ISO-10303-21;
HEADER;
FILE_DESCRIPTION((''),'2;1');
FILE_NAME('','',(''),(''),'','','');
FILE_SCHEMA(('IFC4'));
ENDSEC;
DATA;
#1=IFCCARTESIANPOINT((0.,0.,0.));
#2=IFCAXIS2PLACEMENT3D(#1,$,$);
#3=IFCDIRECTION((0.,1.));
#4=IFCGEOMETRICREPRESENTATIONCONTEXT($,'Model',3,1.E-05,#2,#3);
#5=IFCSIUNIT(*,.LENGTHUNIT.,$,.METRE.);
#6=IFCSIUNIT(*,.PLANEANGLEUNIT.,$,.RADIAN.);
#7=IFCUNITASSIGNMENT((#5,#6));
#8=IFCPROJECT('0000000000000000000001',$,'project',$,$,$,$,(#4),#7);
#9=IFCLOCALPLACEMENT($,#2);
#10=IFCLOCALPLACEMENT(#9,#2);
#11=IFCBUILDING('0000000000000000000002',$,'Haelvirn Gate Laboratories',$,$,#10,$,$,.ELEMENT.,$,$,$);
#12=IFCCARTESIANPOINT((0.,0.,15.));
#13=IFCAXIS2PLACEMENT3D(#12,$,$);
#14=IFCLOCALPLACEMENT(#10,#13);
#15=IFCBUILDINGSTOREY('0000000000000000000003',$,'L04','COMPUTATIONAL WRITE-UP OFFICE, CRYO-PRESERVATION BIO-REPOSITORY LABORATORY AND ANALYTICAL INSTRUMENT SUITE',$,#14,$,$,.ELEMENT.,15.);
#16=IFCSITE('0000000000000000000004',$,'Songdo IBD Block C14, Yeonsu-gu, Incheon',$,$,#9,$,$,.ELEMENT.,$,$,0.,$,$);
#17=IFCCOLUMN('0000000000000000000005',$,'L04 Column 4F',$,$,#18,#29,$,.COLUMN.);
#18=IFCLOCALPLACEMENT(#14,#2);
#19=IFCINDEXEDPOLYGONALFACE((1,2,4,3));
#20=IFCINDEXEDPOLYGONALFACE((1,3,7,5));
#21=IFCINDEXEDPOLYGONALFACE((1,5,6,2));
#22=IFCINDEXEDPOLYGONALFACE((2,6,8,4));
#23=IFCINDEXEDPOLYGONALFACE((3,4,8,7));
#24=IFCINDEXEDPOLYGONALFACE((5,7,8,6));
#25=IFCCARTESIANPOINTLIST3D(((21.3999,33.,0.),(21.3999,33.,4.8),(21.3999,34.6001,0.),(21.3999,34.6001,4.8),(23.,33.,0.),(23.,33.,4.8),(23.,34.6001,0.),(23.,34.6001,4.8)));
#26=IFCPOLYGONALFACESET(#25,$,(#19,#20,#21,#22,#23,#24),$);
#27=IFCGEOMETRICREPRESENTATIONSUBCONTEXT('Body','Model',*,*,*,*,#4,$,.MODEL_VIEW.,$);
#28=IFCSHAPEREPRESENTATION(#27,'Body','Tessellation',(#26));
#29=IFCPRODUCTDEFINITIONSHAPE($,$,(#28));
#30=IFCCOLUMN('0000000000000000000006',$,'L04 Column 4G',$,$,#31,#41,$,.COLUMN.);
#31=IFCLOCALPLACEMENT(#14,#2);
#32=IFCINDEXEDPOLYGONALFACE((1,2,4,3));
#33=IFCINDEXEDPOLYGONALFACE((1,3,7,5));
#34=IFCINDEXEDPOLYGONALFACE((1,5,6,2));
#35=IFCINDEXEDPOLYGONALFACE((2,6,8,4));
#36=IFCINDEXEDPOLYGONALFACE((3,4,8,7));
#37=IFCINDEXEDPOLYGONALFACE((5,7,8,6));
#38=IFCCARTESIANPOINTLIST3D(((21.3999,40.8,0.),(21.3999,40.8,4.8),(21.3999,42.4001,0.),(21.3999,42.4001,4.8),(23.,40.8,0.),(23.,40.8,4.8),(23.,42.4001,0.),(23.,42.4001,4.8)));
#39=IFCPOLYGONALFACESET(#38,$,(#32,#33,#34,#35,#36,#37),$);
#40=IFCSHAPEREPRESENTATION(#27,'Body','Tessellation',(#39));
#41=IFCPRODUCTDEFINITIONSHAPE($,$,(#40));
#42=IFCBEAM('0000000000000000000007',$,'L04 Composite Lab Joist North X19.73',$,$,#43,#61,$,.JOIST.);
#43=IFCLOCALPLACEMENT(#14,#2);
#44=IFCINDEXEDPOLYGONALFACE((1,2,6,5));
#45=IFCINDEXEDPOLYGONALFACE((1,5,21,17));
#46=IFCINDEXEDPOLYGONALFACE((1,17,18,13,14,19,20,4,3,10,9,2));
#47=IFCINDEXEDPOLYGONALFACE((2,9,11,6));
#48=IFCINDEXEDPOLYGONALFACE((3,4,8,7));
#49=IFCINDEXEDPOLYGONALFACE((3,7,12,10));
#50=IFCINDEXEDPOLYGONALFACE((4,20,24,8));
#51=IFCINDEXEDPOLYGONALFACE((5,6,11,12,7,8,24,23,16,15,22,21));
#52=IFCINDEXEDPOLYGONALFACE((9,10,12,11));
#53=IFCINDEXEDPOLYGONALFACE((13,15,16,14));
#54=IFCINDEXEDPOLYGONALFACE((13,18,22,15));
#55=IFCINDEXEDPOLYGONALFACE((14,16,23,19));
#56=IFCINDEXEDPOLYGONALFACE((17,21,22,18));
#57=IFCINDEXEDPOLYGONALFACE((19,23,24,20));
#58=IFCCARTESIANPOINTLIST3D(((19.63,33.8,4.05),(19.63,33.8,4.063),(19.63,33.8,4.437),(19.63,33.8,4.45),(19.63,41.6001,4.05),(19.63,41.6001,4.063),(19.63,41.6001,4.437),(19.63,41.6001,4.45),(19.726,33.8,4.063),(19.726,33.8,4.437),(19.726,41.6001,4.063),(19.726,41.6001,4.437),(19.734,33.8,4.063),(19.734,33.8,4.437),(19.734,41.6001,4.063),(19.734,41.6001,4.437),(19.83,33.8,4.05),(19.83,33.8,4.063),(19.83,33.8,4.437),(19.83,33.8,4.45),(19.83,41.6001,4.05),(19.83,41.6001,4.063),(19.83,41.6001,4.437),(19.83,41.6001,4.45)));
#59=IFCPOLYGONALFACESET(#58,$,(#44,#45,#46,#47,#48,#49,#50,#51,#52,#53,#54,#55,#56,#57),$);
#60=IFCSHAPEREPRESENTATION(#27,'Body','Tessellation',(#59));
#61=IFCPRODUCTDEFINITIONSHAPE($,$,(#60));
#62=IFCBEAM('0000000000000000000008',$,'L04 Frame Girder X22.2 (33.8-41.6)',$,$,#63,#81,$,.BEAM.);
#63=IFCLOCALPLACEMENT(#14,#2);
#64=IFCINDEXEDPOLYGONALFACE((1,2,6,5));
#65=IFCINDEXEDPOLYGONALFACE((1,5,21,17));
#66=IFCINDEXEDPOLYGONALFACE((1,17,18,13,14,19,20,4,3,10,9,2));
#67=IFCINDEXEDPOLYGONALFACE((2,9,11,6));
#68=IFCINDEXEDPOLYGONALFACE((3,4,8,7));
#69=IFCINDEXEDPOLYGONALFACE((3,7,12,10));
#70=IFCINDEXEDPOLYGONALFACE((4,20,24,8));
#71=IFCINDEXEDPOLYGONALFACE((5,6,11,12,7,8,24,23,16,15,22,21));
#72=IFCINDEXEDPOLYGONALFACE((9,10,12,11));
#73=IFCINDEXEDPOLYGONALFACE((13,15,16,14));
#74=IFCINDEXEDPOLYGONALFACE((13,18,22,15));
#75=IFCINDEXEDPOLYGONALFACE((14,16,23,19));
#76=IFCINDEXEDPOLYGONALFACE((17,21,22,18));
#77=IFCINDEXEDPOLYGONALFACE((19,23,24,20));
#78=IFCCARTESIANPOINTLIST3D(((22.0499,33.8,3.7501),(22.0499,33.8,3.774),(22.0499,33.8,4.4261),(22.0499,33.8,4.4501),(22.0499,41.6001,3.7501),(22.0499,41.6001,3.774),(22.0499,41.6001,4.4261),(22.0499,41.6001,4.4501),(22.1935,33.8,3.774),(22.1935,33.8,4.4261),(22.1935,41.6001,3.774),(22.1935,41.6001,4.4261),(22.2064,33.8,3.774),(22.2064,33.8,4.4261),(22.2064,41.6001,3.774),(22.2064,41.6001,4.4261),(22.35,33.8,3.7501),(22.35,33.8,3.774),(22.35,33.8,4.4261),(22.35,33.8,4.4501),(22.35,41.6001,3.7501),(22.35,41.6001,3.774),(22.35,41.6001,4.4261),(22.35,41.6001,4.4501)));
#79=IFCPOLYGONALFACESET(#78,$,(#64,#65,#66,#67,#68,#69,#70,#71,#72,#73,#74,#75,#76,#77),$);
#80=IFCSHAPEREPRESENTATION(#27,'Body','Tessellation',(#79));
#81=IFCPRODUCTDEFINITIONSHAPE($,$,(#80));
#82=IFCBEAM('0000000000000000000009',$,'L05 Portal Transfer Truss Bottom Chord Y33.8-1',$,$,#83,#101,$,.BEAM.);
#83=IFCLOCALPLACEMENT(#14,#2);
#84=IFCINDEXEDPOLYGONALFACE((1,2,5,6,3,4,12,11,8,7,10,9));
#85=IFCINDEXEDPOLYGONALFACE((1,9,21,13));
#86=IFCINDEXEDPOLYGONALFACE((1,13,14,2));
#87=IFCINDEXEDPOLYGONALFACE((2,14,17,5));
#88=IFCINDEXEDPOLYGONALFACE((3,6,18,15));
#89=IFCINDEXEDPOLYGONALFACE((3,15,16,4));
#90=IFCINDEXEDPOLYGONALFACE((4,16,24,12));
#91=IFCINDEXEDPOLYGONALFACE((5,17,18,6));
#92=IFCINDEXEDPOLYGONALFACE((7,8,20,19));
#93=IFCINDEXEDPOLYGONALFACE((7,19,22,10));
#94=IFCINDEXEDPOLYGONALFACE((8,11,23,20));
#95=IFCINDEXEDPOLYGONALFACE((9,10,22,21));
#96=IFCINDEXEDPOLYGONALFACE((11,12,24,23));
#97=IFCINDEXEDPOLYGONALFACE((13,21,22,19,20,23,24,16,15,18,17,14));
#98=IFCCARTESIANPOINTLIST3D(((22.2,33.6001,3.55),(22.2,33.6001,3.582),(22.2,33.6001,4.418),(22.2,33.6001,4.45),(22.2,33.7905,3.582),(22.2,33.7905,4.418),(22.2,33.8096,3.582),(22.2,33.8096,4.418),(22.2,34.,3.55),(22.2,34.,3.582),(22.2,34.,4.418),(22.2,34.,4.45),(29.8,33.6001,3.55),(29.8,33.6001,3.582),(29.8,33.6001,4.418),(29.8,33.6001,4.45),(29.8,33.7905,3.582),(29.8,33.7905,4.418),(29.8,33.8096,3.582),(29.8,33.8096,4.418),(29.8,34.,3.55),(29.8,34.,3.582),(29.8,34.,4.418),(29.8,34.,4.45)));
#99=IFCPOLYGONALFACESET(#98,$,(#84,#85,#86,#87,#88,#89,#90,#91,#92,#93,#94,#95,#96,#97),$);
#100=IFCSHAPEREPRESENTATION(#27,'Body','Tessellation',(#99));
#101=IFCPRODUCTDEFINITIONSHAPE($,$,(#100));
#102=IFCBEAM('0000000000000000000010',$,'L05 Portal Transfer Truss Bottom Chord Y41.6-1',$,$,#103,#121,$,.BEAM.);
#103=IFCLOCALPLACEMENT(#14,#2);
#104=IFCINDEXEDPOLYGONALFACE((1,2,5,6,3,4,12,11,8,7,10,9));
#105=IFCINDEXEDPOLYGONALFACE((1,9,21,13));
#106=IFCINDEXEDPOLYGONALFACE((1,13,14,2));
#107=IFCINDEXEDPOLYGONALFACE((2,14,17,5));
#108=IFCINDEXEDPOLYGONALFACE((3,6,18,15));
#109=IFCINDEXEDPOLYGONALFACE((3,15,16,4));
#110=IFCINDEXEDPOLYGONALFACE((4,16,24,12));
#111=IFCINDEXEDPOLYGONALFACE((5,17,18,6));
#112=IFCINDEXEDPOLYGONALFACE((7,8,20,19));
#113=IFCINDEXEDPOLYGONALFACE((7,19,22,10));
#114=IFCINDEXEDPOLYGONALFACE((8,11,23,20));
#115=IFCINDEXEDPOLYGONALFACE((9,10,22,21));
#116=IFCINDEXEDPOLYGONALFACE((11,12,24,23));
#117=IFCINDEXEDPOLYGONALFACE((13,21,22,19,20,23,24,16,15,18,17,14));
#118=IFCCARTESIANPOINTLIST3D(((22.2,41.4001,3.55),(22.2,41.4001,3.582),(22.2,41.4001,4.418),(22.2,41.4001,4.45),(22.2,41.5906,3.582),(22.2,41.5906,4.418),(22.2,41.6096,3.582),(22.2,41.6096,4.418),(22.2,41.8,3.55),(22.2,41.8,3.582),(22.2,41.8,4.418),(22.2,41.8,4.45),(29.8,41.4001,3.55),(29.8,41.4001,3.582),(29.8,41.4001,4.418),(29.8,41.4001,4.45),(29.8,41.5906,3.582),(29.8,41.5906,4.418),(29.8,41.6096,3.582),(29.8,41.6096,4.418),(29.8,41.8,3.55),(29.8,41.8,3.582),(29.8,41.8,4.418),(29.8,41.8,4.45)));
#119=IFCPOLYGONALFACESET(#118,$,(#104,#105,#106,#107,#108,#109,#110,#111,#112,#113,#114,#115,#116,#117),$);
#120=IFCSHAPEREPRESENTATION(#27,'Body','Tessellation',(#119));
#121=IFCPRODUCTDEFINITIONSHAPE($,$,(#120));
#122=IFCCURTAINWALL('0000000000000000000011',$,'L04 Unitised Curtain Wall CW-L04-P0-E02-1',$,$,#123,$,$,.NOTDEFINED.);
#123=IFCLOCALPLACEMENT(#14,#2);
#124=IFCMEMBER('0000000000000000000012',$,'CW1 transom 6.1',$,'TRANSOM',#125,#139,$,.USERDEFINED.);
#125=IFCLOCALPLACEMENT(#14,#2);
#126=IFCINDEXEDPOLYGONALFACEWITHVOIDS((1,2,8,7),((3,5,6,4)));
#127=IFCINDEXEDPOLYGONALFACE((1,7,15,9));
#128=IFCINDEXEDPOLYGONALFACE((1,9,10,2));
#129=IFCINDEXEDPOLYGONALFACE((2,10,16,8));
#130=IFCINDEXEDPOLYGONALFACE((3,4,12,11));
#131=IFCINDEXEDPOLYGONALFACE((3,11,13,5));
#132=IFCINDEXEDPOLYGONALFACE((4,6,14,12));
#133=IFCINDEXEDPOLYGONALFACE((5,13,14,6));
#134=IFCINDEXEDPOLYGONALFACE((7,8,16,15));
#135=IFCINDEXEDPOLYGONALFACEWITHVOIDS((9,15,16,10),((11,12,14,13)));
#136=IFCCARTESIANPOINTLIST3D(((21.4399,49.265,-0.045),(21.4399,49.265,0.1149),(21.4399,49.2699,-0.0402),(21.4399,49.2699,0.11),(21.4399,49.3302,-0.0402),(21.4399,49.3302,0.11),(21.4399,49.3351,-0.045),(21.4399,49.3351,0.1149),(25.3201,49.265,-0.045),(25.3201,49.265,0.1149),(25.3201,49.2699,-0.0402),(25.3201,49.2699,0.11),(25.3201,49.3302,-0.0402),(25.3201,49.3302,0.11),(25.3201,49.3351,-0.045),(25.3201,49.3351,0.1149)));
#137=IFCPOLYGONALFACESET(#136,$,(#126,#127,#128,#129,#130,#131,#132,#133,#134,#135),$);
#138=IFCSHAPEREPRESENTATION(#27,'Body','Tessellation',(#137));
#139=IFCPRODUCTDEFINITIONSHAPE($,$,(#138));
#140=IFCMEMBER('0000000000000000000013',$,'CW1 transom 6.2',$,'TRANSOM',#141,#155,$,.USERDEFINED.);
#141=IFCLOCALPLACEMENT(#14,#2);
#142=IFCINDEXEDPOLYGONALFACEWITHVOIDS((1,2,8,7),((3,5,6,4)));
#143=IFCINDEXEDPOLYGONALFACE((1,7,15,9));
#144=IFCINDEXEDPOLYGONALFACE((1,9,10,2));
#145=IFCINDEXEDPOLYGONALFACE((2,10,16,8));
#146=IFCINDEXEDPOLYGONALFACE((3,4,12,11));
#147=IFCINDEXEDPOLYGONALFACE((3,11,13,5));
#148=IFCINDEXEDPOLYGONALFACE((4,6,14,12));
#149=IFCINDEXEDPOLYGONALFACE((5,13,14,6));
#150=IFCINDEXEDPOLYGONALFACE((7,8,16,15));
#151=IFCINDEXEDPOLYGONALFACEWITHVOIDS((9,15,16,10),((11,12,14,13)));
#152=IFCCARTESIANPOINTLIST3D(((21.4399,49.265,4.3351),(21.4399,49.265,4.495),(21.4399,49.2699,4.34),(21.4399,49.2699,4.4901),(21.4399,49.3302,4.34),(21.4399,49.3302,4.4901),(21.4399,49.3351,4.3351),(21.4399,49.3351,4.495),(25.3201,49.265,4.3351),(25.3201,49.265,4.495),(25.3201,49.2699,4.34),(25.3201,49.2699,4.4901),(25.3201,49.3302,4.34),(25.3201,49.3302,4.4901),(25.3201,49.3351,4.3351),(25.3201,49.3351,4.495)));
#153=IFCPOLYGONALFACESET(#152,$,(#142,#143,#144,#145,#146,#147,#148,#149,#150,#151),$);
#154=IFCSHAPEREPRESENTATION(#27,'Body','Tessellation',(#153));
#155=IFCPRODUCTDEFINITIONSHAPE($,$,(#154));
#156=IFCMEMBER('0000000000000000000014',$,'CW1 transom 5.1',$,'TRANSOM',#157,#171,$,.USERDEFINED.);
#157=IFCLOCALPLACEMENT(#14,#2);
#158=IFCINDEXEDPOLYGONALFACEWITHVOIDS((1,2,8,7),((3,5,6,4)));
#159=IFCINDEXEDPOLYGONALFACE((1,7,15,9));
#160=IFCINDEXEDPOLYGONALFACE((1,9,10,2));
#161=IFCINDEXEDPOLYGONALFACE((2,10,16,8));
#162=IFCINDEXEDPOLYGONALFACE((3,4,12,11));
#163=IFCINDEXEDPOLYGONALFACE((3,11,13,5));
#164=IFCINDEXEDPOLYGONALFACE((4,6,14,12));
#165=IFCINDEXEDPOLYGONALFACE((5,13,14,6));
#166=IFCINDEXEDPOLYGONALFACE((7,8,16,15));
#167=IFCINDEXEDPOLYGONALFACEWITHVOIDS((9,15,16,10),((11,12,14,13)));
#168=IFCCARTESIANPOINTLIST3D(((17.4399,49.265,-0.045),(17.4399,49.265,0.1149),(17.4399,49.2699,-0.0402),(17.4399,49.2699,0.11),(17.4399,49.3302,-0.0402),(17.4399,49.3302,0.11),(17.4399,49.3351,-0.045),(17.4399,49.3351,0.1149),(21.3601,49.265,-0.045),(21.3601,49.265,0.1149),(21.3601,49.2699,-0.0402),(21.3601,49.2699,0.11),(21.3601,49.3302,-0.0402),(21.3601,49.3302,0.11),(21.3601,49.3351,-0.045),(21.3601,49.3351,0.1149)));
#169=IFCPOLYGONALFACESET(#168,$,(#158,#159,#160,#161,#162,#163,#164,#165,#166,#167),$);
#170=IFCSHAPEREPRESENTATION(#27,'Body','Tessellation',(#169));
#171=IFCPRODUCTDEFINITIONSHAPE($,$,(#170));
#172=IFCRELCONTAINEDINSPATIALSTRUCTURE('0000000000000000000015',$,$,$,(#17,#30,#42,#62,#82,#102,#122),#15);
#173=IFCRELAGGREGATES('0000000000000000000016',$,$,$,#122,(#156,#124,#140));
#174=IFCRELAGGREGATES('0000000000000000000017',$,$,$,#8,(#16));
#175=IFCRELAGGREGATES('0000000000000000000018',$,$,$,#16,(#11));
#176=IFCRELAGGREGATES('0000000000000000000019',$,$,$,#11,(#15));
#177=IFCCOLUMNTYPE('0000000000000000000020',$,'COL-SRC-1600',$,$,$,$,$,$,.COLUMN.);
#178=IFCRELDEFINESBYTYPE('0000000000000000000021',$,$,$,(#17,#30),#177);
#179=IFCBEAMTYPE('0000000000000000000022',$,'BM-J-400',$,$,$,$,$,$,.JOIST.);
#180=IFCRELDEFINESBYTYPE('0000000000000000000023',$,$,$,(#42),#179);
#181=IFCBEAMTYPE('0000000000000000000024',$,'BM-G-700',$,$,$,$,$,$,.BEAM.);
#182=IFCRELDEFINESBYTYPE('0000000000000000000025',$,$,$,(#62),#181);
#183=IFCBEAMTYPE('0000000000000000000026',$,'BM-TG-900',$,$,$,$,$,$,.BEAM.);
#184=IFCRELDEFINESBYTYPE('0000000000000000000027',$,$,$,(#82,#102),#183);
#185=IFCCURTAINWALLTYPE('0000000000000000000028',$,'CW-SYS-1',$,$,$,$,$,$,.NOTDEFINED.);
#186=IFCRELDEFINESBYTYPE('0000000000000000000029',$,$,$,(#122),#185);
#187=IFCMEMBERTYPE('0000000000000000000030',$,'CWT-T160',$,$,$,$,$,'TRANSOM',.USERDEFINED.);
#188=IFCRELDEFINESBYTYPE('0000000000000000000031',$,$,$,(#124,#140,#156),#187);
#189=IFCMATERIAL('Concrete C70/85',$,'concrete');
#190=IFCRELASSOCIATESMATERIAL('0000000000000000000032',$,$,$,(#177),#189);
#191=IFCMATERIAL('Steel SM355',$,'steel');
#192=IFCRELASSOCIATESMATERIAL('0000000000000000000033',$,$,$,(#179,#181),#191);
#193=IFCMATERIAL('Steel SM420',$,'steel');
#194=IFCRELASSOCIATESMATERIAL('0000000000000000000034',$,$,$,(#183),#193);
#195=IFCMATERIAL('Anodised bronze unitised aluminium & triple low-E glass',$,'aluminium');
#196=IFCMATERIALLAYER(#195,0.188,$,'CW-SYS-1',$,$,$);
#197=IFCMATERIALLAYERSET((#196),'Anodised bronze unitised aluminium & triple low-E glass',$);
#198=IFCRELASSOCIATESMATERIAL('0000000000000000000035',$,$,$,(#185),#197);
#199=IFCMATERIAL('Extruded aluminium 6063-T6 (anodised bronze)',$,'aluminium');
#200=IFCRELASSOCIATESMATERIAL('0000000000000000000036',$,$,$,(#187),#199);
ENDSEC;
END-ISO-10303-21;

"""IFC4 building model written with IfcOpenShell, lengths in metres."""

from ifc_helpers import new_model, si_unit, direction, frame, origin, origin_2d, place, context, subcontext, project, spatial, rectangle, hollow_rectangle, i_section, extrude, source, transform, mapped, material, layer, layer_set, material_profile, profile_set, type_object, type_shapes, element, aggregate, save


model = new_model("IFC4")

# Units and contexts
model_context = context("Model", 3, precision=1e-05, world=origin(), true_north=direction((0.0, 1.0)))
body_context = subcontext(model_context, "Body", "Model", "MODEL_VIEW")
ifc_project = project(units=[si_unit("LENGTHUNIT", "METRE"), si_unit("PLANEANGLEUNIT", "RADIAN")], contexts=[model_context])

# Site, building, storey
site_placement = place(None, origin())
site = spatial("IfcSite", under=ifc_project, at=site_placement, Name="Songdo IBD Block C14, Yeonsu-gu, Incheon", CompositionType="ELEMENT", RefElevation=0.0)
building_placement = place(site_placement, origin())
building = spatial("IfcBuilding", under=site, at=building_placement, Name="Haelvirn Gate Laboratories", CompositionType="ELEMENT")
storey_placement = place(building_placement, frame((0.0, 0.0, 15.0)))
storey = spatial("IfcBuildingStorey", under=building, at=storey_placement, Name="L04", Description="COMPUTATIONAL WRITE-UP OFFICE, CRYO-PRESERVATION BIO-REPOSITORY LABORATORY AND ANALYTICAL INSTRUMENT SUITE", CompositionType="ELEMENT", Elevation=15.0)

# Columns
ifc_material_1 = material(Name="Concrete C70/85", Category="concrete")
ifc_material_profile_1 = material_profile(ifc_material_1, rectangle(XDim=1.6001, YDim=1.6001, at=origin_2d()), Name="SRC-1600x1600")
ifc_profile_set_1 = profile_set([ifc_material_profile_1], Name="Concrete C70/85")
column_type = type_object("IfcColumnType", Name="COL-SRC-1600", PredefinedType="COLUMN", material=ifc_profile_set_1)
shared_shape_1 = source(origin(), body_context, "Body", "SweptSolid", [
    extrude(rectangle(XDim=1.6001, YDim=1.6001, at=origin_2d()), origin(), (0.0, 0.0, 1.0), 4.8),
])
type_shapes(column_type, [shared_shape_1])
for number, where, z_axis, x_axis, name in (
    (1, (22.2, 33.8, 0.0), (0.0, 0.0, 1.0), (1.0, 0.0, 0.0), "L04 Column 4F"),
    (2, (22.2, 41.6001, 0.0), (0.0, 0.0, 1.0), (1.0, 0.0, 0.0), "L04 Column 4G"),
):
    element("IfcColumn", number, at=place(storey_placement, frame(where, z_axis=z_axis, x_axis=x_axis)), inside=storey, type_object=column_type, Name=name, PredefinedType="COLUMN", context=body_context, shape_type="MappedRepresentation", body=[
        mapped(shared_shape_1, transform((0.0, 0.0, 0.0), scale=1.0)),
    ])

# Beams
ifc_material_2 = material(Name="Steel SM355", Category="steel")
ifc_material_profile_2 = material_profile(ifc_material_2, i_section(OverallWidth=0.2, OverallDepth=0.3999, WebThickness=0.0081, FlangeThickness=0.0129, at=origin_2d()), Name="H-400x200x8x13")
ifc_profile_set_2 = profile_set([ifc_material_profile_2], Name="Steel SM355")
beam_type_1 = type_object("IfcBeamType", Name="BM-J-400", PredefinedType="JOIST", material=ifc_profile_set_2)
shared_shape_2 = source(origin(), body_context, "Body", "SweptSolid", [
    extrude(i_section(OverallWidth=0.2, OverallDepth=0.3999, WebThickness=0.0081, FlangeThickness=0.0129, at=origin_2d()), origin(), (0.0, 0.0, 1.0), 7.8),
])
type_shapes(beam_type_1, [shared_shape_2])
beam_1_placement = place(storey_placement, frame((19.73, 33.8, 4.25), z_axis=(0.0, 1.0, 0.0), x_axis=(-1.0, 0.0, 0.0)))
element("IfcBeam", 3, at=beam_1_placement, inside=storey, type_object=beam_type_1, Name="L04 Composite Lab Joist North X19.73", PredefinedType="JOIST", context=body_context, shape_type="MappedRepresentation", body=[
    mapped(shared_shape_2, transform((0.0, 0.0, 0.0), scale=1.0)),
])
ifc_material_profile_3 = material_profile(ifc_material_2, i_section(OverallWidth=0.3, OverallDepth=0.7, WebThickness=0.0129, FlangeThickness=0.0239, at=origin_2d()), Name="H-700x300x13x24")
ifc_profile_set_3 = profile_set([ifc_material_profile_3], Name="Steel SM355")
beam_type_2 = type_object("IfcBeamType", Name="BM-G-700", PredefinedType="BEAM", material=ifc_profile_set_3)
shared_shape_3 = source(origin(), body_context, "Body", "SweptSolid", [
    extrude(i_section(OverallWidth=0.3, OverallDepth=0.7, WebThickness=0.0129, FlangeThickness=0.0239, at=origin_2d()), origin(), (0.0, 0.0, 1.0), 7.8),
])
type_shapes(beam_type_2, [shared_shape_3])
beam_2_placement = place(storey_placement, frame((22.2, 33.8, 4.1001), z_axis=(0.0, 1.0, 0.0), x_axis=(-1.0, 0.0, 0.0)))
element("IfcBeam", 4, at=beam_2_placement, inside=storey, type_object=beam_type_2, Name="L04 Frame Girder X22.2 (33.8-41.6)", PredefinedType="BEAM", context=body_context, shape_type="MappedRepresentation", body=[
    mapped(shared_shape_3, transform((0.0, 0.0, 0.0), scale=1.0)),
])
ifc_material_3 = material(Name="Steel SM420", Category="steel")
ifc_material_profile_4 = material_profile(ifc_material_3, i_section(OverallWidth=0.3999, OverallDepth=0.8999, WebThickness=0.019, FlangeThickness=0.032, at=origin_2d()), Name="H-900x400x19x32")
ifc_profile_set_4 = profile_set([ifc_material_profile_4], Name="Steel SM420")
beam_type_3 = type_object("IfcBeamType", Name="BM-TG-900", PredefinedType="BEAM", material=ifc_profile_set_4)
shared_shape_4 = source(origin(), body_context, "Body", "SweptSolid", [
    extrude(i_section(OverallWidth=0.3999, OverallDepth=0.8999, WebThickness=0.019, FlangeThickness=0.032, at=origin_2d()), origin(), (0.0, 0.0, 1.0), 7.6001),
])
type_shapes(beam_type_3, [shared_shape_4])
for number, where, z_axis, x_axis, name in (
    (5, (22.2, 33.8, 4.0), (1.0, 0.0, 0.0), (0.0, 1.0, 0.0), "L05 Portal Transfer Truss Bottom Chord Y33.8-1"),
    (6, (22.2, 41.6001, 4.0), (1.0, 0.0, 0.0), (0.0, 1.0, 0.0), "L05 Portal Transfer Truss Bottom Chord Y41.6-1"),
):
    element("IfcBeam", number, at=place(storey_placement, frame(where, z_axis=z_axis, x_axis=x_axis)), inside=storey, type_object=beam_type_3, Name=name, PredefinedType="BEAM", context=body_context, shape_type="MappedRepresentation", body=[
        mapped(shared_shape_4, transform((0.0, 0.0, 0.0), scale=1.0)),
    ])

# Curtain wall, members
ifc_material_4 = material(Name="Anodised bronze unitised aluminium & triple low-E glass", Category="aluminium")
ifc_layer_1 = layer(ifc_material_4, 0.188, Name="CW-SYS-1")
ifc_layer_set_1 = layer_set([ifc_layer_1], Name="Anodised bronze unitised aluminium & triple low-E glass")
curtain_wall_type = type_object("IfcCurtainWallType", Name="CW-SYS-1", PredefinedType="NOTDEFINED", material=ifc_layer_set_1)
curtain_wall_1_placement = place(storey_placement, origin())
curtain_wall_1 = element("IfcCurtainWall", 7, at=curtain_wall_1_placement, inside=storey, type_object=curtain_wall_type, Name="L04 Unitised Curtain Wall CW-L04-P0-E02-1", PredefinedType="NOTDEFINED")
ifc_material_5 = material(Name="Extruded aluminium 6063-T6 (anodised bronze)", Category="aluminium")
ifc_material_profile_5 = material_profile(ifc_material_5, hollow_rectangle(XDim=0.0701, YDim=0.1599, WallThickness=0.0049, at=origin_2d()), Name="CWT-160x70x5")
ifc_profile_set_5 = profile_set([ifc_material_profile_5], Name="Extruded aluminium 6063-T6 (anodised bronze)")
member_type_1 = type_object("IfcMemberType", Name="CWT-T160", ElementType="TRANSOM", PredefinedType="USERDEFINED", material=ifc_profile_set_5)
shared_shape_5 = source(origin(), body_context, "Body", "SweptSolid", [
    extrude(hollow_rectangle(XDim=0.0701, YDim=0.1599, WallThickness=0.0049, at=origin_2d()), origin(), (0.0, 0.0, 1.0), 3.8801),
])
member_1_placement = place(storey_placement, frame((21.4399, 49.3, 0.0349), z_axis=(1.0, 0.0, 0.0), x_axis=(0.0, 1.0, 0.0)))
member_1 = element("IfcMember", 8, at=member_1_placement, type_object=member_type_1, Name="CW1 transom 6.1", ObjectType="TRANSOM", PredefinedType="USERDEFINED", context=body_context, shape_type="MappedRepresentation", body=[
    mapped(shared_shape_5, transform((0.0, 0.0, 0.0), scale=1.0)),
])
member_2_placement = place(storey_placement, frame((21.4399, 49.3, 4.415), z_axis=(1.0, 0.0, 0.0), x_axis=(0.0, 1.0, 0.0)))
member_2 = element("IfcMember", 9, at=member_2_placement, type_object=member_type_1, Name="CW1 transom 6.2", ObjectType="TRANSOM", PredefinedType="USERDEFINED", context=body_context, shape_type="MappedRepresentation", body=[
    mapped(shared_shape_5, transform((0.0, 0.0, 0.0), scale=1.0)),
])
shared_shape_6 = source(origin(), body_context, "Body", "SweptSolid", [
    extrude(hollow_rectangle(XDim=0.0701, YDim=0.1599, WallThickness=0.0049, at=origin_2d()), origin(), (0.0, 0.0, 1.0), 3.9202),
])
type_shapes(member_type_1, [shared_shape_5, shared_shape_6])
member_3_placement = place(storey_placement, frame((17.4399, 49.3, 0.0349), z_axis=(1.0, 0.0, 0.0), x_axis=(0.0, 1.0, 0.0)))
member_3 = element("IfcMember", 10, at=member_3_placement, type_object=member_type_1, Name="CW1 transom 5.1", ObjectType="TRANSOM", PredefinedType="USERDEFINED", context=body_context, shape_type="MappedRepresentation", body=[
    mapped(shared_shape_6, transform((0.0, 0.0, 0.0), scale=1.0)),
])

aggregate(curtain_wall_1, [member_3, member_1, member_2])

save(model, "model.ifc")
